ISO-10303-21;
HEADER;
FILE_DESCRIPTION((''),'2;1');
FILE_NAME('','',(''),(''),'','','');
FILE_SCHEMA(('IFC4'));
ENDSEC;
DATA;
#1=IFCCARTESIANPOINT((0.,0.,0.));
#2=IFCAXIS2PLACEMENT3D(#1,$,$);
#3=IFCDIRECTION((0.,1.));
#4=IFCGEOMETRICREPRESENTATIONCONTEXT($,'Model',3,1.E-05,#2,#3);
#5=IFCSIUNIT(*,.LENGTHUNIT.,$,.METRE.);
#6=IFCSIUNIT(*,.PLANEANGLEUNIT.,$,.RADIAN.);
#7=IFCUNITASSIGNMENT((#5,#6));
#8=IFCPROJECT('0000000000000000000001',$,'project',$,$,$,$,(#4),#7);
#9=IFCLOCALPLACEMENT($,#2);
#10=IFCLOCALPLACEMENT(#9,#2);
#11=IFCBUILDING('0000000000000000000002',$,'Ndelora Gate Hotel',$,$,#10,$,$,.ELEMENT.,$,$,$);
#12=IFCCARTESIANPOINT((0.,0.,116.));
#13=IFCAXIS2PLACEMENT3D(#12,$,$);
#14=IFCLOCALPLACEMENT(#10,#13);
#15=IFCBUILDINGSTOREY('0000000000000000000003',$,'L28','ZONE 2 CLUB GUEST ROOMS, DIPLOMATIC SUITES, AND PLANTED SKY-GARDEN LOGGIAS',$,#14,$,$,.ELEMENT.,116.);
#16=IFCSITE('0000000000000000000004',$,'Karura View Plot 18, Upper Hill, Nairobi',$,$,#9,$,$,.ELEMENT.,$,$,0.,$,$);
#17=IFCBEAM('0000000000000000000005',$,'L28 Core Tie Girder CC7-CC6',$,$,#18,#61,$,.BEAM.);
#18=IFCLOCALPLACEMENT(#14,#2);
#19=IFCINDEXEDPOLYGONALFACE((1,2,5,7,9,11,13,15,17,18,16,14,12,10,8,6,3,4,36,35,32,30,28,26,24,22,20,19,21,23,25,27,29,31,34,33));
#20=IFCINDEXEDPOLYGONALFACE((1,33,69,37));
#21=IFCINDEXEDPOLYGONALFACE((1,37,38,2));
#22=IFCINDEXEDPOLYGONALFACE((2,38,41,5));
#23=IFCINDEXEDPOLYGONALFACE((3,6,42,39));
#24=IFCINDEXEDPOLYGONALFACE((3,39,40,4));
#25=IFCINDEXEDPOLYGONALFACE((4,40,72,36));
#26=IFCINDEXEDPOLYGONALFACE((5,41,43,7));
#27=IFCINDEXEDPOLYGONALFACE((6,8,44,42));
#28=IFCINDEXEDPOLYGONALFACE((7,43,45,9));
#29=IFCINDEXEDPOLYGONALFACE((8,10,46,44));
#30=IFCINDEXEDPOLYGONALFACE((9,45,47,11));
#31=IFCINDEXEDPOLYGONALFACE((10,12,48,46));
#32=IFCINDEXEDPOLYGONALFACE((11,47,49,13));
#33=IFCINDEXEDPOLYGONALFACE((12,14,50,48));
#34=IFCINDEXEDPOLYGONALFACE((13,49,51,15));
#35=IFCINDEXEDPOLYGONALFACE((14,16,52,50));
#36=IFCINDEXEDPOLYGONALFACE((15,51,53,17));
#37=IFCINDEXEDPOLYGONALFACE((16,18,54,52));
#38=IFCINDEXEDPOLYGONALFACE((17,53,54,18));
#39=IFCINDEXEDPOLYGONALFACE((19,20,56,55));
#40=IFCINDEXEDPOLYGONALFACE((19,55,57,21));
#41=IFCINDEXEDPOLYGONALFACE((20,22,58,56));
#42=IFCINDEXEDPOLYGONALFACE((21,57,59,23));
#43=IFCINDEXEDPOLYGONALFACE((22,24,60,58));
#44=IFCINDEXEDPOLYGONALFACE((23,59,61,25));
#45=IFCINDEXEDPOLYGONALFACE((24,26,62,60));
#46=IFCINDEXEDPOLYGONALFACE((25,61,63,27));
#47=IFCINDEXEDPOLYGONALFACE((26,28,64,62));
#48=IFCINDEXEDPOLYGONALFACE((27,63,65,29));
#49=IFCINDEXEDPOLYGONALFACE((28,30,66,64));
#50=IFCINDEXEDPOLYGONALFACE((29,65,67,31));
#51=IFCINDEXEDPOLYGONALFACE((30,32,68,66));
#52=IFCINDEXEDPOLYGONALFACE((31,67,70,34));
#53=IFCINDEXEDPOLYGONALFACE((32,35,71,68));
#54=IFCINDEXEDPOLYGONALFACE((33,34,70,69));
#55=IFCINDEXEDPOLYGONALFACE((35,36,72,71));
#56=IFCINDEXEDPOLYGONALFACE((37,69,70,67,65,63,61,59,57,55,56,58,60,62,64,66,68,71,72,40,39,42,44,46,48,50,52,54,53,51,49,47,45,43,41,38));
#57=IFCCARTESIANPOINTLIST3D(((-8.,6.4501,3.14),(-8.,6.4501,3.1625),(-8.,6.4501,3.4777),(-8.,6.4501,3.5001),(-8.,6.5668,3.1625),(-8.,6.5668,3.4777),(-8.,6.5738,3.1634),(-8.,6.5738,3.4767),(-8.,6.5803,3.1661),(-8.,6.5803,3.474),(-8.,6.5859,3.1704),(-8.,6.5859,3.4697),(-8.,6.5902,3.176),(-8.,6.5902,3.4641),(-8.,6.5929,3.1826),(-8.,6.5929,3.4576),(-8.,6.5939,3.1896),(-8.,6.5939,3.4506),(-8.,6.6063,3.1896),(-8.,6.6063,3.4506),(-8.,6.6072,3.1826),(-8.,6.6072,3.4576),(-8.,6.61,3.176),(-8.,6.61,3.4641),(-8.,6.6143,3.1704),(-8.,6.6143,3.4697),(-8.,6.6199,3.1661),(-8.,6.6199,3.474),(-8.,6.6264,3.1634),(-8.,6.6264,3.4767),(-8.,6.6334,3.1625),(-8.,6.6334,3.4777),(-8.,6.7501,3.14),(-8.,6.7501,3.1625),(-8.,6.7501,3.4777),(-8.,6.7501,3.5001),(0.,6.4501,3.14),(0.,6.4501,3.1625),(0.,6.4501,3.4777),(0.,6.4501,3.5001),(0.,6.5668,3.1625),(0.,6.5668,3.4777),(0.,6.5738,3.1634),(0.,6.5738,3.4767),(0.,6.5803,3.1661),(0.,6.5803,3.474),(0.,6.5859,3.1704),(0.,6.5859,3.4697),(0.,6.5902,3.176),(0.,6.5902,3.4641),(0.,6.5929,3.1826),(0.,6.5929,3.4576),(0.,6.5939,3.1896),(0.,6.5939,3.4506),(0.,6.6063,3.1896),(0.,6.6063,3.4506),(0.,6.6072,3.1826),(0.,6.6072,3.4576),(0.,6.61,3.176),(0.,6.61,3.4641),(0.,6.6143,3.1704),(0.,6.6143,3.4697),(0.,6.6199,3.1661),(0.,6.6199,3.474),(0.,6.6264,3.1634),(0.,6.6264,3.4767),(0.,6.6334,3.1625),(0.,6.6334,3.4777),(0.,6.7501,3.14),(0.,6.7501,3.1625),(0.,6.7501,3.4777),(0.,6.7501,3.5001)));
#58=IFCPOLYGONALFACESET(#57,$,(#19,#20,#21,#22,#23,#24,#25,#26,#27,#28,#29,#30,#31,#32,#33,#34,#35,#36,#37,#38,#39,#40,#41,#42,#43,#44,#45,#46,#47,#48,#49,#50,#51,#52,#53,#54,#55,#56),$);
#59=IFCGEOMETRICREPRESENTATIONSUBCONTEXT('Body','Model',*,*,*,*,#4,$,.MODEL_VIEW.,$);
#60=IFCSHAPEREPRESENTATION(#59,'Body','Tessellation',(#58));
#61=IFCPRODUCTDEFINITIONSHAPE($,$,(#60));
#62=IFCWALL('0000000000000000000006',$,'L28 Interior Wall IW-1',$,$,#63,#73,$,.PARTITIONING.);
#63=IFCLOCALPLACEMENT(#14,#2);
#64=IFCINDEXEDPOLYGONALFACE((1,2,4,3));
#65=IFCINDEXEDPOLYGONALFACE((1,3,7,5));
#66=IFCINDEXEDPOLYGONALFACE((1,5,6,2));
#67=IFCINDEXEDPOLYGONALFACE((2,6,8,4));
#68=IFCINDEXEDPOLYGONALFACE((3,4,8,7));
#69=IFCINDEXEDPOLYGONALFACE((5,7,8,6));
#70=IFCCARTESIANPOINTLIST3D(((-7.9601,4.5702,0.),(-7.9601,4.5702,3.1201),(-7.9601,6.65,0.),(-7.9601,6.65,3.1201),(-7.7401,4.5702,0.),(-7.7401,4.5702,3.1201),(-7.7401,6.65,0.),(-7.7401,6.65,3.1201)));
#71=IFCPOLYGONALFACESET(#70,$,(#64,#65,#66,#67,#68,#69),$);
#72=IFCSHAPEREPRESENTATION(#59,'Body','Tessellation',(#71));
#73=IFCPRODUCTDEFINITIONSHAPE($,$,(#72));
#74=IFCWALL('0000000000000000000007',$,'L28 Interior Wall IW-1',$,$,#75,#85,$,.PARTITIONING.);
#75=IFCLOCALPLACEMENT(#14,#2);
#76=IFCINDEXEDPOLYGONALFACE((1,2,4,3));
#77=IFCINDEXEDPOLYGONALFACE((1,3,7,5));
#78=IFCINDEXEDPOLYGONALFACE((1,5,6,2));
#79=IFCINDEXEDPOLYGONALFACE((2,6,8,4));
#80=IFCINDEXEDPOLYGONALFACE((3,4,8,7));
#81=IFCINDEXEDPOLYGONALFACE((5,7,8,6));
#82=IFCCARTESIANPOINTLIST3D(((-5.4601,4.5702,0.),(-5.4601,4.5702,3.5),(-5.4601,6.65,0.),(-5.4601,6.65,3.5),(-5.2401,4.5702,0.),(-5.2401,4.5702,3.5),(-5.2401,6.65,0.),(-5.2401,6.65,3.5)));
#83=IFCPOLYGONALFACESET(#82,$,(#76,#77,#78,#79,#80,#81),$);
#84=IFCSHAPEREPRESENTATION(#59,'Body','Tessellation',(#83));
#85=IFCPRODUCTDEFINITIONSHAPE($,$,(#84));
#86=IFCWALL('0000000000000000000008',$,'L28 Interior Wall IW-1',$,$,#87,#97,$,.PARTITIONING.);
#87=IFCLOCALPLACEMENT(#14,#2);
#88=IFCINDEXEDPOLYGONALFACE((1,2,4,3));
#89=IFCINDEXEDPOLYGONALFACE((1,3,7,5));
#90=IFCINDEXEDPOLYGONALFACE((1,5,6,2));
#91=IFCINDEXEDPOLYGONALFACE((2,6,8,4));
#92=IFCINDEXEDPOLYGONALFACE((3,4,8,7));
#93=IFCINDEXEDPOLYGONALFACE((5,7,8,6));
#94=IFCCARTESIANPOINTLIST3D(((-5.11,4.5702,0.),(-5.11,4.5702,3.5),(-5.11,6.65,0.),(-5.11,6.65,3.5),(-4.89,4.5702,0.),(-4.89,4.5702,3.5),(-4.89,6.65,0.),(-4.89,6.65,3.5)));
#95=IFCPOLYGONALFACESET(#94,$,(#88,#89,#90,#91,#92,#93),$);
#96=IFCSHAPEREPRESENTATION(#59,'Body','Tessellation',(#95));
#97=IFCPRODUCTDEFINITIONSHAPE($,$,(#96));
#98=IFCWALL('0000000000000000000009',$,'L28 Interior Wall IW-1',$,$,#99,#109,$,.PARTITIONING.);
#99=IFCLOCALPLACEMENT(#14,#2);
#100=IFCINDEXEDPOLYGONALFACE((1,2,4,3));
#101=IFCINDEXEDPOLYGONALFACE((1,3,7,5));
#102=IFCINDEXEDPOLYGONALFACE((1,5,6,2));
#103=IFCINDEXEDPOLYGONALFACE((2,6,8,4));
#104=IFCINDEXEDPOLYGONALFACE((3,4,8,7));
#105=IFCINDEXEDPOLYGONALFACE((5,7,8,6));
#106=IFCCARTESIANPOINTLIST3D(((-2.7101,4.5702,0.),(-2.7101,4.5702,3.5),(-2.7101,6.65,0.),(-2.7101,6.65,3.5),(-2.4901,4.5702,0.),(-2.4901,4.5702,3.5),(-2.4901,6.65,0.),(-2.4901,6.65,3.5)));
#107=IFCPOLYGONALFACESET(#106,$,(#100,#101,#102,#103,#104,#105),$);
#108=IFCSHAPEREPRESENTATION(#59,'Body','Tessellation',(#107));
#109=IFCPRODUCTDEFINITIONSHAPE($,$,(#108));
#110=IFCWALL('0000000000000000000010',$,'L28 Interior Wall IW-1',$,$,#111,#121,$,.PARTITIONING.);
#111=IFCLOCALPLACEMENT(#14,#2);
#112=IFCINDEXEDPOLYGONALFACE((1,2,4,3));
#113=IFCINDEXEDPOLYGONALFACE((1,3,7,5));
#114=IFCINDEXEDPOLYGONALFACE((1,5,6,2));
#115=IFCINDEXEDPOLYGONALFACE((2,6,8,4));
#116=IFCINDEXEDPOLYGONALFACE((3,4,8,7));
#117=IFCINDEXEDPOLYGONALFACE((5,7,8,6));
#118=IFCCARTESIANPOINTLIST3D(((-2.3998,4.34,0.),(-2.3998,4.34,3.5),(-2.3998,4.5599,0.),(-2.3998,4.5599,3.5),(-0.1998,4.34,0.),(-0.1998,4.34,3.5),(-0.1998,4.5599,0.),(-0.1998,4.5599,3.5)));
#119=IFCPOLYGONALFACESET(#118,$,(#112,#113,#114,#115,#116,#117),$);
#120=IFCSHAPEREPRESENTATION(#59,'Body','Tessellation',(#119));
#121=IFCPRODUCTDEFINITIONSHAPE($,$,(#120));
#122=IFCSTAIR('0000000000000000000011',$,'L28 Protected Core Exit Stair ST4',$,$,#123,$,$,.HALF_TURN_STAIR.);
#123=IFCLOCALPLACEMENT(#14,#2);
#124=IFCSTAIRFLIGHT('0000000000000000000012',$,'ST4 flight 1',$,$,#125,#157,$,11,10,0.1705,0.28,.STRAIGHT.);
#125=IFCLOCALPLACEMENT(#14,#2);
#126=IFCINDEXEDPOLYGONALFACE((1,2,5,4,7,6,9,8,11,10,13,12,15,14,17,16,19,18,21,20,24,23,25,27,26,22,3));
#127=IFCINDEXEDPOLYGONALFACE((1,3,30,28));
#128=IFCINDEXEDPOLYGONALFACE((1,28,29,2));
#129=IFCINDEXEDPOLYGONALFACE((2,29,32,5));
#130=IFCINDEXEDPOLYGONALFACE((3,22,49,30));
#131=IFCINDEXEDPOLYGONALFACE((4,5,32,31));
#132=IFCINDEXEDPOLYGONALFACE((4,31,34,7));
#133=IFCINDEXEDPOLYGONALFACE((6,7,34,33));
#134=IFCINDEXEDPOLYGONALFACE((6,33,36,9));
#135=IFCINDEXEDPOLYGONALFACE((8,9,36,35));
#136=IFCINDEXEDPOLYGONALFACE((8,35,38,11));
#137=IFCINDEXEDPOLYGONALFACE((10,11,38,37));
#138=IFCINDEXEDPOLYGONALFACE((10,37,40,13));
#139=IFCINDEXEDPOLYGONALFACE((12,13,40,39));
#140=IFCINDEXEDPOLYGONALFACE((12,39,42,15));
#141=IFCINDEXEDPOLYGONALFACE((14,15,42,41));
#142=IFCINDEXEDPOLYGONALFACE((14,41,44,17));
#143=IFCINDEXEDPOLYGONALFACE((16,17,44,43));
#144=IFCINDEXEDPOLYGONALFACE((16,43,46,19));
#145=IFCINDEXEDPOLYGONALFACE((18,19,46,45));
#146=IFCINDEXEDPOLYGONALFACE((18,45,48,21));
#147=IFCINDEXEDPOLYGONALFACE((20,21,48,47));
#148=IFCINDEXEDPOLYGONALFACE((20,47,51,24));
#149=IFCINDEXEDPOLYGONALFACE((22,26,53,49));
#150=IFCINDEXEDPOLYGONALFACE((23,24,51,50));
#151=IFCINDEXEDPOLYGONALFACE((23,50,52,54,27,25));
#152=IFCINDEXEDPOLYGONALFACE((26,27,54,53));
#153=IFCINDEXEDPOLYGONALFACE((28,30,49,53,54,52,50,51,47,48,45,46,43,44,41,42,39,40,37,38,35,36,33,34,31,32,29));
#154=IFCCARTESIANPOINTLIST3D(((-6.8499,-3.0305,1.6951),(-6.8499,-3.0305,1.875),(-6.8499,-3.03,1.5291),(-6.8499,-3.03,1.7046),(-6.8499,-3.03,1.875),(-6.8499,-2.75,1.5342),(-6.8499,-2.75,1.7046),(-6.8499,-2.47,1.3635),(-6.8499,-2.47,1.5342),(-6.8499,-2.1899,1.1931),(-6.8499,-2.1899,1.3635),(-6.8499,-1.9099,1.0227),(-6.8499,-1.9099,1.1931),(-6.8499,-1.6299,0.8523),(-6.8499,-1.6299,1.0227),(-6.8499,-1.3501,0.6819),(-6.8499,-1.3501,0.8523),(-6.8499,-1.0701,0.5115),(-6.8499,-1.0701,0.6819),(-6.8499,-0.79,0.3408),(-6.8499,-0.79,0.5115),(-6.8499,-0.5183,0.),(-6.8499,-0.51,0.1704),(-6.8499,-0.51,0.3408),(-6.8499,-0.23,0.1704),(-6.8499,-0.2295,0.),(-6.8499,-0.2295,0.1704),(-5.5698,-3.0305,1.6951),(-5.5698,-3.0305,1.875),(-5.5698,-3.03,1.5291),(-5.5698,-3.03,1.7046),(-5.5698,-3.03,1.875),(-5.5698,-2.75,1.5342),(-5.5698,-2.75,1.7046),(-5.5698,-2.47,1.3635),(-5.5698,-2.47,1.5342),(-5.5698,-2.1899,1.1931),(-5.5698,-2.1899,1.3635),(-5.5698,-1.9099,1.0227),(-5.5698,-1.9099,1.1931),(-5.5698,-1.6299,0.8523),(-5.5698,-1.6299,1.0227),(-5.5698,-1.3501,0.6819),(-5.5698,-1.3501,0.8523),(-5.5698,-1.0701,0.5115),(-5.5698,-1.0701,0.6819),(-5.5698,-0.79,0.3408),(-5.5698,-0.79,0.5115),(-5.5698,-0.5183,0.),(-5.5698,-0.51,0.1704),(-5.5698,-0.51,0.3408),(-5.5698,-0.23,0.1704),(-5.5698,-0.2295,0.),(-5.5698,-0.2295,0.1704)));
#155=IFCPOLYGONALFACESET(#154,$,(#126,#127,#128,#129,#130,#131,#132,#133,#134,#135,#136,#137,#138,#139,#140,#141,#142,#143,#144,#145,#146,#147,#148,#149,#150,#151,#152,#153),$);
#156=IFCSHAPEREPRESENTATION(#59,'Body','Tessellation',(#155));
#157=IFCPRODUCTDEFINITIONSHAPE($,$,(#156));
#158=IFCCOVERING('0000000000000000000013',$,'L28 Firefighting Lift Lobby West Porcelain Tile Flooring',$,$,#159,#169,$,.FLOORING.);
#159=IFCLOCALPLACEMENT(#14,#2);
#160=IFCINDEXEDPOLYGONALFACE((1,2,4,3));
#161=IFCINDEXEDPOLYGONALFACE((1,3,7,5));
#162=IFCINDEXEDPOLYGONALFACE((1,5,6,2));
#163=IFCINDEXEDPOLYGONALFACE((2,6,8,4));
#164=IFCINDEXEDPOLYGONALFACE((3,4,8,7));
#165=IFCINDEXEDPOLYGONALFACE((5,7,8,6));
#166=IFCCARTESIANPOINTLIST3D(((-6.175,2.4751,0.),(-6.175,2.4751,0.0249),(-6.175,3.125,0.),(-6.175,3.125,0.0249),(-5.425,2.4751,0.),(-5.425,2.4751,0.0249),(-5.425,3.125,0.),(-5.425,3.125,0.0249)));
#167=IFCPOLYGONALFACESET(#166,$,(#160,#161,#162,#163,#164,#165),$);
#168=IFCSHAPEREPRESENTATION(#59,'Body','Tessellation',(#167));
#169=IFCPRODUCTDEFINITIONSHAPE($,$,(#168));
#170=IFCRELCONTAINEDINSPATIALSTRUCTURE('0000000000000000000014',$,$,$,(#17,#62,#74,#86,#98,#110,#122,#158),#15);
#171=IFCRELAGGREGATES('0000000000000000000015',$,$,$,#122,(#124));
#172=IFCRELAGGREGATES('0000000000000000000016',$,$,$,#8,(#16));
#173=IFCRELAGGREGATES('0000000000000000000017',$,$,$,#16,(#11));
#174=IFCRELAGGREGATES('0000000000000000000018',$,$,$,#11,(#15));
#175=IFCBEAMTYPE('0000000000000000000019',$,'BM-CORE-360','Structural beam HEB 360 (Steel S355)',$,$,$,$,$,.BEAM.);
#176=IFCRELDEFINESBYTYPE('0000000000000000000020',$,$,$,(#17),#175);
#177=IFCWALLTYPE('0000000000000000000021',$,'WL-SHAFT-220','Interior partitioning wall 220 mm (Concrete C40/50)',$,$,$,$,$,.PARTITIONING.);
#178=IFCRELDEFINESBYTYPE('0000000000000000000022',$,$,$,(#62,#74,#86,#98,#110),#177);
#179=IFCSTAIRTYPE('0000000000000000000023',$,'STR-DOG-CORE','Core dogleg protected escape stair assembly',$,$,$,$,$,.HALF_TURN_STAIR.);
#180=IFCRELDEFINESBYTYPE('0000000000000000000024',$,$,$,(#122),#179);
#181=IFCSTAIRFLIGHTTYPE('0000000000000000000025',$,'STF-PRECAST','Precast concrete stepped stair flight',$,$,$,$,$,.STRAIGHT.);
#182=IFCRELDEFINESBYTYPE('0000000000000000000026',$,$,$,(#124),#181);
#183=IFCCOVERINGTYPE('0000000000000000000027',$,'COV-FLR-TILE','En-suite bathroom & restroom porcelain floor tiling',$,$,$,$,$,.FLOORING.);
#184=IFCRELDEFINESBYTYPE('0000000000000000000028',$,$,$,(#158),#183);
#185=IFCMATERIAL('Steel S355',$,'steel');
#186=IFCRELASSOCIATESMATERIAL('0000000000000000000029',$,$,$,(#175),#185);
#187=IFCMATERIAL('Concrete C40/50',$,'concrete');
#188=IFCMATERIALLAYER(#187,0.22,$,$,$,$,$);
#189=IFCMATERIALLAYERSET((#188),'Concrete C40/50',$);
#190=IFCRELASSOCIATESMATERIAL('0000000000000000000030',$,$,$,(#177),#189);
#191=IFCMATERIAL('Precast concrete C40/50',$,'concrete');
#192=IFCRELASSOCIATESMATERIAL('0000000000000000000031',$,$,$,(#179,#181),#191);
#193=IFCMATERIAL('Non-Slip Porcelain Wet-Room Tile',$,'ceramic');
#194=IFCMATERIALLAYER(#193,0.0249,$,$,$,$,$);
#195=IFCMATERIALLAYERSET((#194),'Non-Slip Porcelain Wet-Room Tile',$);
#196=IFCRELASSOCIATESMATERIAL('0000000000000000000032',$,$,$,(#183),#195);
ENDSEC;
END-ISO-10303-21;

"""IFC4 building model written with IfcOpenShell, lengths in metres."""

from ifc_helpers import new_model, si_unit, direction, frame, frame_2d, origin, origin_2d, place, context, subcontext, project, spatial, polyline, rectangle, i_section, outline, extrude, material, layer, layer_set, material_profile, profile_set, type_object, element, aggregate, save


model = new_model("IFC4")

# Units and contexts
model_context = context("Model", 3, precision=1e-05, world=origin(), true_north=direction((0.0, 1.0)))
body_context = subcontext(model_context, "Body", "Model", "MODEL_VIEW")
ifc_project = project(units=[si_unit("LENGTHUNIT", "METRE"), si_unit("PLANEANGLEUNIT", "RADIAN")], contexts=[model_context])

# Site, building, storey
site_placement = place(None, origin())
site = spatial("IfcSite", under=ifc_project, at=site_placement, Name="Karura View Plot 18, Upper Hill, Nairobi", CompositionType="ELEMENT", RefElevation=0.0)
building_placement = place(site_placement, origin())
building = spatial("IfcBuilding", under=site, at=building_placement, Name="Ndelora Gate Hotel", CompositionType="ELEMENT")
storey_placement = place(building_placement, frame((0.0, 0.0, 116.0)))
storey = spatial("IfcBuildingStorey", under=building, at=storey_placement, Name="L28", Description="ZONE 2 CLUB GUEST ROOMS, DIPLOMATIC SUITES, AND PLANTED SKY-GARDEN LOGGIAS", CompositionType="ELEMENT", Elevation=116.0)

# Beam
ifc_material_1 = material(Name="Steel S355", Category="steel")
ifc_material_profile = material_profile(ifc_material_1, i_section(OverallWidth=0.3, OverallDepth=0.3601, WebThickness=0.0125, FlangeThickness=0.0225, FilletRadius=0.0271, at=origin_2d()), Name="HEB 360")
ifc_profile_set = profile_set([ifc_material_profile], Name="Steel S355")
beam_type = type_object("IfcBeamType", Name="BM-CORE-360", Description="Structural beam HEB 360 (Steel S355)", PredefinedType="BEAM", material=ifc_profile_set)
beam_placement = place(storey_placement, frame((-8.0, 6.6001, 3.3201), z_axis=(1.0, 0.0, 0.0), x_axis=(0.0, 1.0, 0.0)))
element("IfcBeam", 1, at=beam_placement, inside=storey, type_object=beam_type, Name="L28 Core Tie Girder CC7-CC6", PredefinedType="BEAM", context=body_context, shape_type="SweptSolid", body=[
    extrude(i_section(OverallWidth=0.3, OverallDepth=0.3601, WebThickness=0.0125, FlangeThickness=0.0225, FilletRadius=0.0271, at=origin_2d()), origin(), (0.0, 0.0, 1.0), 8.0),
])

# Shared definitions
ifc_material_2 = material(Name="Concrete C40/50", Category="concrete")
ifc_layer_1 = layer(ifc_material_2, 0.22)
ifc_layer_set_1 = layer_set([ifc_layer_1], Name="Concrete C40/50")
wall_type_1 = type_object("IfcWallType", Name="WL-SHAFT-220", Description="Interior partitioning wall 220 mm (Concrete C40/50)", PredefinedType="PARTITIONING", material=ifc_layer_set_1)

# Walls
wall_1_placement = place(storey_placement, frame((-7.8501, 4.5701, 0.0), z_axis=(0.0, 0.0, 1.0), x_axis=(0.0, 1.0, 0.0)))
element("IfcWall", 2, at=wall_1_placement, inside=storey, type_object=wall_type_1, Name="L28 Interior Wall IW-1", PredefinedType="PARTITIONING", context=body_context, shape_type="SweptSolid", body=[
    extrude(rectangle(XDim=2.0798, YDim=0.22, at=frame_2d((1.04, 0.0))), origin(), (0.0, 0.0, 1.0), 3.1201),
])
wall_2_placement = place(storey_placement, frame((-5.3501, 4.5701, 0.0), z_axis=(0.0, 0.0, 1.0), x_axis=(0.0, 1.0, 0.0)))
element("IfcWall", 3, at=wall_2_placement, inside=storey, type_object=wall_type_1, Name="L28 Interior Wall IW-1", PredefinedType="PARTITIONING", context=body_context, shape_type="SweptSolid", body=[
    extrude(rectangle(XDim=2.0798, YDim=0.22, at=frame_2d((1.04, 0.0))), origin(), (0.0, 0.0, 1.0), 3.5),
])

# Walls
for number, where, z_axis, x_axis, name in (
    (4, (-5.0, 4.5701, 0.0), (0.0, 0.0, 1.0), (0.0, 1.0, 0.0), "L28 Interior Wall IW-1"),
    (5, (-2.6001, 4.5701, 0.0), (0.0, 0.0, 1.0), (0.0, 1.0, 0.0), "L28 Interior Wall IW-1"),
):
    element("IfcWall", number, at=place(storey_placement, frame(where, z_axis=z_axis, x_axis=x_axis)), inside=storey, type_object=wall_type_1, Name=name, PredefinedType="PARTITIONING", context=body_context, shape_type="SweptSolid", body=[
        extrude(rectangle(XDim=2.0798, YDim=0.22, at=frame_2d((1.04, 0.0))), origin(), (0.0, 0.0, 1.0), 3.5),
    ])
wall_3_placement = place(storey_placement, frame((-2.3999, 4.45, 0.0), z_axis=(0.0, 0.0, 1.0), x_axis=(1.0, 0.0, 0.0)))
element("IfcWall", 6, at=wall_3_placement, inside=storey, type_object=wall_type_1, Name="L28 Interior Wall IW-1", PredefinedType="PARTITIONING", context=body_context, shape_type="SweptSolid", body=[
    extrude(rectangle(XDim=2.2, YDim=0.22, at=frame_2d((1.1001, 0.0))), origin(), (0.0, 0.0, 1.0), 3.5),
])

# Stair, stair flight
ifc_material_3 = material(Name="Precast concrete C40/50", Category="concrete")
stair_type = type_object("IfcStairType", Name="STR-DOG-CORE", Description="Core dogleg protected escape stair assembly", PredefinedType="HALF_TURN_STAIR", material=ifc_material_3)
stair_placement = place(storey_placement, origin())
stair = element("IfcStair", 7, at=stair_placement, inside=storey, type_object=stair_type, Name="L28 Protected Core Exit Stair ST4", PredefinedType="HALF_TURN_STAIR")
stair_flight_type = type_object("IfcStairFlightType", Name="STF-PRECAST", Description="Precast concrete stepped stair flight", PredefinedType="STRAIGHT", material=ifc_material_3)
stair_flight_placement = place(storey_placement, frame((-6.21, -0.23, 0.0), z_axis=(0.0, 0.0, 1.0), x_axis=(0.0, -1.0, 0.0)))
stair_flight = element("IfcStairFlight", 8, at=stair_flight_placement, type_object=stair_flight_type, Name="ST4 flight 1", NumberOfRisers=11, NumberOfTreads=10, PredefinedType="STRAIGHT", RiserHeight=0.1705, TreadLength=0.28, context=body_context, shape_type="SweptSolid", body=[
    extrude(outline(polyline([(-0.0005, 0.0), (-0.0005, 0.1704), (0.0, 0.1704), (0.28, 0.1704), (0.28, 0.3408), (0.5601, 0.3408), (0.5601, 0.5115), (0.8401, 0.5115), (0.8401, 0.6819), (1.1201, 0.6819), (1.1201, 0.8523), (1.3999, 0.8523), (1.3999, 1.0227), (1.6799, 1.0227), (1.6799, 1.1931), (1.96, 1.1931), (1.96, 1.3635), (2.24, 1.3635), (2.24, 1.5342), (2.52, 1.5342), (2.52, 1.7046), (2.8, 1.7046), (2.8, 1.875), (2.8005, 1.875), (2.8005, 1.6951), (2.8, 1.5291), (0.2883, 0.0), (-0.0005, 0.0)])), frame((0.0, 0.6401, 0.0), z_axis=(0.0, -1.0, 0.0), x_axis=(1.0, 0.0, 0.0)), (0.0, 0.0, 1.0), 1.28),
])
aggregate(stair, [stair_flight])

# Covering
ifc_material_4 = material(Name="Non-Slip Porcelain Wet-Room Tile", Category="ceramic")
ifc_layer_2 = layer(ifc_material_4, 0.0249)
ifc_layer_set_2 = layer_set([ifc_layer_2], Name="Non-Slip Porcelain Wet-Room Tile")
covering_type = type_object("IfcCoveringType", Name="COV-FLR-TILE", Description="En-suite bathroom & restroom porcelain floor tiling", PredefinedType="FLOORING", material=ifc_layer_set_2)
covering_placement = place(storey_placement, frame((-5.8, 2.8, 0.0), z_axis=(0.0, 0.0, 1.0), x_axis=(1.0, 0.0, 0.0)))
element("IfcCovering", 9, at=covering_placement, inside=storey, type_object=covering_type, Name="L28 Firefighting Lift Lobby West Porcelain Tile Flooring", PredefinedType="FLOORING", context=body_context, shape_type="SweptSolid", body=[
    extrude(rectangle(XDim=0.75, YDim=0.6499, at=origin_2d()), origin(), (0.0, 0.0, 1.0), 0.0249),
])

save(model, "model.ifc")
